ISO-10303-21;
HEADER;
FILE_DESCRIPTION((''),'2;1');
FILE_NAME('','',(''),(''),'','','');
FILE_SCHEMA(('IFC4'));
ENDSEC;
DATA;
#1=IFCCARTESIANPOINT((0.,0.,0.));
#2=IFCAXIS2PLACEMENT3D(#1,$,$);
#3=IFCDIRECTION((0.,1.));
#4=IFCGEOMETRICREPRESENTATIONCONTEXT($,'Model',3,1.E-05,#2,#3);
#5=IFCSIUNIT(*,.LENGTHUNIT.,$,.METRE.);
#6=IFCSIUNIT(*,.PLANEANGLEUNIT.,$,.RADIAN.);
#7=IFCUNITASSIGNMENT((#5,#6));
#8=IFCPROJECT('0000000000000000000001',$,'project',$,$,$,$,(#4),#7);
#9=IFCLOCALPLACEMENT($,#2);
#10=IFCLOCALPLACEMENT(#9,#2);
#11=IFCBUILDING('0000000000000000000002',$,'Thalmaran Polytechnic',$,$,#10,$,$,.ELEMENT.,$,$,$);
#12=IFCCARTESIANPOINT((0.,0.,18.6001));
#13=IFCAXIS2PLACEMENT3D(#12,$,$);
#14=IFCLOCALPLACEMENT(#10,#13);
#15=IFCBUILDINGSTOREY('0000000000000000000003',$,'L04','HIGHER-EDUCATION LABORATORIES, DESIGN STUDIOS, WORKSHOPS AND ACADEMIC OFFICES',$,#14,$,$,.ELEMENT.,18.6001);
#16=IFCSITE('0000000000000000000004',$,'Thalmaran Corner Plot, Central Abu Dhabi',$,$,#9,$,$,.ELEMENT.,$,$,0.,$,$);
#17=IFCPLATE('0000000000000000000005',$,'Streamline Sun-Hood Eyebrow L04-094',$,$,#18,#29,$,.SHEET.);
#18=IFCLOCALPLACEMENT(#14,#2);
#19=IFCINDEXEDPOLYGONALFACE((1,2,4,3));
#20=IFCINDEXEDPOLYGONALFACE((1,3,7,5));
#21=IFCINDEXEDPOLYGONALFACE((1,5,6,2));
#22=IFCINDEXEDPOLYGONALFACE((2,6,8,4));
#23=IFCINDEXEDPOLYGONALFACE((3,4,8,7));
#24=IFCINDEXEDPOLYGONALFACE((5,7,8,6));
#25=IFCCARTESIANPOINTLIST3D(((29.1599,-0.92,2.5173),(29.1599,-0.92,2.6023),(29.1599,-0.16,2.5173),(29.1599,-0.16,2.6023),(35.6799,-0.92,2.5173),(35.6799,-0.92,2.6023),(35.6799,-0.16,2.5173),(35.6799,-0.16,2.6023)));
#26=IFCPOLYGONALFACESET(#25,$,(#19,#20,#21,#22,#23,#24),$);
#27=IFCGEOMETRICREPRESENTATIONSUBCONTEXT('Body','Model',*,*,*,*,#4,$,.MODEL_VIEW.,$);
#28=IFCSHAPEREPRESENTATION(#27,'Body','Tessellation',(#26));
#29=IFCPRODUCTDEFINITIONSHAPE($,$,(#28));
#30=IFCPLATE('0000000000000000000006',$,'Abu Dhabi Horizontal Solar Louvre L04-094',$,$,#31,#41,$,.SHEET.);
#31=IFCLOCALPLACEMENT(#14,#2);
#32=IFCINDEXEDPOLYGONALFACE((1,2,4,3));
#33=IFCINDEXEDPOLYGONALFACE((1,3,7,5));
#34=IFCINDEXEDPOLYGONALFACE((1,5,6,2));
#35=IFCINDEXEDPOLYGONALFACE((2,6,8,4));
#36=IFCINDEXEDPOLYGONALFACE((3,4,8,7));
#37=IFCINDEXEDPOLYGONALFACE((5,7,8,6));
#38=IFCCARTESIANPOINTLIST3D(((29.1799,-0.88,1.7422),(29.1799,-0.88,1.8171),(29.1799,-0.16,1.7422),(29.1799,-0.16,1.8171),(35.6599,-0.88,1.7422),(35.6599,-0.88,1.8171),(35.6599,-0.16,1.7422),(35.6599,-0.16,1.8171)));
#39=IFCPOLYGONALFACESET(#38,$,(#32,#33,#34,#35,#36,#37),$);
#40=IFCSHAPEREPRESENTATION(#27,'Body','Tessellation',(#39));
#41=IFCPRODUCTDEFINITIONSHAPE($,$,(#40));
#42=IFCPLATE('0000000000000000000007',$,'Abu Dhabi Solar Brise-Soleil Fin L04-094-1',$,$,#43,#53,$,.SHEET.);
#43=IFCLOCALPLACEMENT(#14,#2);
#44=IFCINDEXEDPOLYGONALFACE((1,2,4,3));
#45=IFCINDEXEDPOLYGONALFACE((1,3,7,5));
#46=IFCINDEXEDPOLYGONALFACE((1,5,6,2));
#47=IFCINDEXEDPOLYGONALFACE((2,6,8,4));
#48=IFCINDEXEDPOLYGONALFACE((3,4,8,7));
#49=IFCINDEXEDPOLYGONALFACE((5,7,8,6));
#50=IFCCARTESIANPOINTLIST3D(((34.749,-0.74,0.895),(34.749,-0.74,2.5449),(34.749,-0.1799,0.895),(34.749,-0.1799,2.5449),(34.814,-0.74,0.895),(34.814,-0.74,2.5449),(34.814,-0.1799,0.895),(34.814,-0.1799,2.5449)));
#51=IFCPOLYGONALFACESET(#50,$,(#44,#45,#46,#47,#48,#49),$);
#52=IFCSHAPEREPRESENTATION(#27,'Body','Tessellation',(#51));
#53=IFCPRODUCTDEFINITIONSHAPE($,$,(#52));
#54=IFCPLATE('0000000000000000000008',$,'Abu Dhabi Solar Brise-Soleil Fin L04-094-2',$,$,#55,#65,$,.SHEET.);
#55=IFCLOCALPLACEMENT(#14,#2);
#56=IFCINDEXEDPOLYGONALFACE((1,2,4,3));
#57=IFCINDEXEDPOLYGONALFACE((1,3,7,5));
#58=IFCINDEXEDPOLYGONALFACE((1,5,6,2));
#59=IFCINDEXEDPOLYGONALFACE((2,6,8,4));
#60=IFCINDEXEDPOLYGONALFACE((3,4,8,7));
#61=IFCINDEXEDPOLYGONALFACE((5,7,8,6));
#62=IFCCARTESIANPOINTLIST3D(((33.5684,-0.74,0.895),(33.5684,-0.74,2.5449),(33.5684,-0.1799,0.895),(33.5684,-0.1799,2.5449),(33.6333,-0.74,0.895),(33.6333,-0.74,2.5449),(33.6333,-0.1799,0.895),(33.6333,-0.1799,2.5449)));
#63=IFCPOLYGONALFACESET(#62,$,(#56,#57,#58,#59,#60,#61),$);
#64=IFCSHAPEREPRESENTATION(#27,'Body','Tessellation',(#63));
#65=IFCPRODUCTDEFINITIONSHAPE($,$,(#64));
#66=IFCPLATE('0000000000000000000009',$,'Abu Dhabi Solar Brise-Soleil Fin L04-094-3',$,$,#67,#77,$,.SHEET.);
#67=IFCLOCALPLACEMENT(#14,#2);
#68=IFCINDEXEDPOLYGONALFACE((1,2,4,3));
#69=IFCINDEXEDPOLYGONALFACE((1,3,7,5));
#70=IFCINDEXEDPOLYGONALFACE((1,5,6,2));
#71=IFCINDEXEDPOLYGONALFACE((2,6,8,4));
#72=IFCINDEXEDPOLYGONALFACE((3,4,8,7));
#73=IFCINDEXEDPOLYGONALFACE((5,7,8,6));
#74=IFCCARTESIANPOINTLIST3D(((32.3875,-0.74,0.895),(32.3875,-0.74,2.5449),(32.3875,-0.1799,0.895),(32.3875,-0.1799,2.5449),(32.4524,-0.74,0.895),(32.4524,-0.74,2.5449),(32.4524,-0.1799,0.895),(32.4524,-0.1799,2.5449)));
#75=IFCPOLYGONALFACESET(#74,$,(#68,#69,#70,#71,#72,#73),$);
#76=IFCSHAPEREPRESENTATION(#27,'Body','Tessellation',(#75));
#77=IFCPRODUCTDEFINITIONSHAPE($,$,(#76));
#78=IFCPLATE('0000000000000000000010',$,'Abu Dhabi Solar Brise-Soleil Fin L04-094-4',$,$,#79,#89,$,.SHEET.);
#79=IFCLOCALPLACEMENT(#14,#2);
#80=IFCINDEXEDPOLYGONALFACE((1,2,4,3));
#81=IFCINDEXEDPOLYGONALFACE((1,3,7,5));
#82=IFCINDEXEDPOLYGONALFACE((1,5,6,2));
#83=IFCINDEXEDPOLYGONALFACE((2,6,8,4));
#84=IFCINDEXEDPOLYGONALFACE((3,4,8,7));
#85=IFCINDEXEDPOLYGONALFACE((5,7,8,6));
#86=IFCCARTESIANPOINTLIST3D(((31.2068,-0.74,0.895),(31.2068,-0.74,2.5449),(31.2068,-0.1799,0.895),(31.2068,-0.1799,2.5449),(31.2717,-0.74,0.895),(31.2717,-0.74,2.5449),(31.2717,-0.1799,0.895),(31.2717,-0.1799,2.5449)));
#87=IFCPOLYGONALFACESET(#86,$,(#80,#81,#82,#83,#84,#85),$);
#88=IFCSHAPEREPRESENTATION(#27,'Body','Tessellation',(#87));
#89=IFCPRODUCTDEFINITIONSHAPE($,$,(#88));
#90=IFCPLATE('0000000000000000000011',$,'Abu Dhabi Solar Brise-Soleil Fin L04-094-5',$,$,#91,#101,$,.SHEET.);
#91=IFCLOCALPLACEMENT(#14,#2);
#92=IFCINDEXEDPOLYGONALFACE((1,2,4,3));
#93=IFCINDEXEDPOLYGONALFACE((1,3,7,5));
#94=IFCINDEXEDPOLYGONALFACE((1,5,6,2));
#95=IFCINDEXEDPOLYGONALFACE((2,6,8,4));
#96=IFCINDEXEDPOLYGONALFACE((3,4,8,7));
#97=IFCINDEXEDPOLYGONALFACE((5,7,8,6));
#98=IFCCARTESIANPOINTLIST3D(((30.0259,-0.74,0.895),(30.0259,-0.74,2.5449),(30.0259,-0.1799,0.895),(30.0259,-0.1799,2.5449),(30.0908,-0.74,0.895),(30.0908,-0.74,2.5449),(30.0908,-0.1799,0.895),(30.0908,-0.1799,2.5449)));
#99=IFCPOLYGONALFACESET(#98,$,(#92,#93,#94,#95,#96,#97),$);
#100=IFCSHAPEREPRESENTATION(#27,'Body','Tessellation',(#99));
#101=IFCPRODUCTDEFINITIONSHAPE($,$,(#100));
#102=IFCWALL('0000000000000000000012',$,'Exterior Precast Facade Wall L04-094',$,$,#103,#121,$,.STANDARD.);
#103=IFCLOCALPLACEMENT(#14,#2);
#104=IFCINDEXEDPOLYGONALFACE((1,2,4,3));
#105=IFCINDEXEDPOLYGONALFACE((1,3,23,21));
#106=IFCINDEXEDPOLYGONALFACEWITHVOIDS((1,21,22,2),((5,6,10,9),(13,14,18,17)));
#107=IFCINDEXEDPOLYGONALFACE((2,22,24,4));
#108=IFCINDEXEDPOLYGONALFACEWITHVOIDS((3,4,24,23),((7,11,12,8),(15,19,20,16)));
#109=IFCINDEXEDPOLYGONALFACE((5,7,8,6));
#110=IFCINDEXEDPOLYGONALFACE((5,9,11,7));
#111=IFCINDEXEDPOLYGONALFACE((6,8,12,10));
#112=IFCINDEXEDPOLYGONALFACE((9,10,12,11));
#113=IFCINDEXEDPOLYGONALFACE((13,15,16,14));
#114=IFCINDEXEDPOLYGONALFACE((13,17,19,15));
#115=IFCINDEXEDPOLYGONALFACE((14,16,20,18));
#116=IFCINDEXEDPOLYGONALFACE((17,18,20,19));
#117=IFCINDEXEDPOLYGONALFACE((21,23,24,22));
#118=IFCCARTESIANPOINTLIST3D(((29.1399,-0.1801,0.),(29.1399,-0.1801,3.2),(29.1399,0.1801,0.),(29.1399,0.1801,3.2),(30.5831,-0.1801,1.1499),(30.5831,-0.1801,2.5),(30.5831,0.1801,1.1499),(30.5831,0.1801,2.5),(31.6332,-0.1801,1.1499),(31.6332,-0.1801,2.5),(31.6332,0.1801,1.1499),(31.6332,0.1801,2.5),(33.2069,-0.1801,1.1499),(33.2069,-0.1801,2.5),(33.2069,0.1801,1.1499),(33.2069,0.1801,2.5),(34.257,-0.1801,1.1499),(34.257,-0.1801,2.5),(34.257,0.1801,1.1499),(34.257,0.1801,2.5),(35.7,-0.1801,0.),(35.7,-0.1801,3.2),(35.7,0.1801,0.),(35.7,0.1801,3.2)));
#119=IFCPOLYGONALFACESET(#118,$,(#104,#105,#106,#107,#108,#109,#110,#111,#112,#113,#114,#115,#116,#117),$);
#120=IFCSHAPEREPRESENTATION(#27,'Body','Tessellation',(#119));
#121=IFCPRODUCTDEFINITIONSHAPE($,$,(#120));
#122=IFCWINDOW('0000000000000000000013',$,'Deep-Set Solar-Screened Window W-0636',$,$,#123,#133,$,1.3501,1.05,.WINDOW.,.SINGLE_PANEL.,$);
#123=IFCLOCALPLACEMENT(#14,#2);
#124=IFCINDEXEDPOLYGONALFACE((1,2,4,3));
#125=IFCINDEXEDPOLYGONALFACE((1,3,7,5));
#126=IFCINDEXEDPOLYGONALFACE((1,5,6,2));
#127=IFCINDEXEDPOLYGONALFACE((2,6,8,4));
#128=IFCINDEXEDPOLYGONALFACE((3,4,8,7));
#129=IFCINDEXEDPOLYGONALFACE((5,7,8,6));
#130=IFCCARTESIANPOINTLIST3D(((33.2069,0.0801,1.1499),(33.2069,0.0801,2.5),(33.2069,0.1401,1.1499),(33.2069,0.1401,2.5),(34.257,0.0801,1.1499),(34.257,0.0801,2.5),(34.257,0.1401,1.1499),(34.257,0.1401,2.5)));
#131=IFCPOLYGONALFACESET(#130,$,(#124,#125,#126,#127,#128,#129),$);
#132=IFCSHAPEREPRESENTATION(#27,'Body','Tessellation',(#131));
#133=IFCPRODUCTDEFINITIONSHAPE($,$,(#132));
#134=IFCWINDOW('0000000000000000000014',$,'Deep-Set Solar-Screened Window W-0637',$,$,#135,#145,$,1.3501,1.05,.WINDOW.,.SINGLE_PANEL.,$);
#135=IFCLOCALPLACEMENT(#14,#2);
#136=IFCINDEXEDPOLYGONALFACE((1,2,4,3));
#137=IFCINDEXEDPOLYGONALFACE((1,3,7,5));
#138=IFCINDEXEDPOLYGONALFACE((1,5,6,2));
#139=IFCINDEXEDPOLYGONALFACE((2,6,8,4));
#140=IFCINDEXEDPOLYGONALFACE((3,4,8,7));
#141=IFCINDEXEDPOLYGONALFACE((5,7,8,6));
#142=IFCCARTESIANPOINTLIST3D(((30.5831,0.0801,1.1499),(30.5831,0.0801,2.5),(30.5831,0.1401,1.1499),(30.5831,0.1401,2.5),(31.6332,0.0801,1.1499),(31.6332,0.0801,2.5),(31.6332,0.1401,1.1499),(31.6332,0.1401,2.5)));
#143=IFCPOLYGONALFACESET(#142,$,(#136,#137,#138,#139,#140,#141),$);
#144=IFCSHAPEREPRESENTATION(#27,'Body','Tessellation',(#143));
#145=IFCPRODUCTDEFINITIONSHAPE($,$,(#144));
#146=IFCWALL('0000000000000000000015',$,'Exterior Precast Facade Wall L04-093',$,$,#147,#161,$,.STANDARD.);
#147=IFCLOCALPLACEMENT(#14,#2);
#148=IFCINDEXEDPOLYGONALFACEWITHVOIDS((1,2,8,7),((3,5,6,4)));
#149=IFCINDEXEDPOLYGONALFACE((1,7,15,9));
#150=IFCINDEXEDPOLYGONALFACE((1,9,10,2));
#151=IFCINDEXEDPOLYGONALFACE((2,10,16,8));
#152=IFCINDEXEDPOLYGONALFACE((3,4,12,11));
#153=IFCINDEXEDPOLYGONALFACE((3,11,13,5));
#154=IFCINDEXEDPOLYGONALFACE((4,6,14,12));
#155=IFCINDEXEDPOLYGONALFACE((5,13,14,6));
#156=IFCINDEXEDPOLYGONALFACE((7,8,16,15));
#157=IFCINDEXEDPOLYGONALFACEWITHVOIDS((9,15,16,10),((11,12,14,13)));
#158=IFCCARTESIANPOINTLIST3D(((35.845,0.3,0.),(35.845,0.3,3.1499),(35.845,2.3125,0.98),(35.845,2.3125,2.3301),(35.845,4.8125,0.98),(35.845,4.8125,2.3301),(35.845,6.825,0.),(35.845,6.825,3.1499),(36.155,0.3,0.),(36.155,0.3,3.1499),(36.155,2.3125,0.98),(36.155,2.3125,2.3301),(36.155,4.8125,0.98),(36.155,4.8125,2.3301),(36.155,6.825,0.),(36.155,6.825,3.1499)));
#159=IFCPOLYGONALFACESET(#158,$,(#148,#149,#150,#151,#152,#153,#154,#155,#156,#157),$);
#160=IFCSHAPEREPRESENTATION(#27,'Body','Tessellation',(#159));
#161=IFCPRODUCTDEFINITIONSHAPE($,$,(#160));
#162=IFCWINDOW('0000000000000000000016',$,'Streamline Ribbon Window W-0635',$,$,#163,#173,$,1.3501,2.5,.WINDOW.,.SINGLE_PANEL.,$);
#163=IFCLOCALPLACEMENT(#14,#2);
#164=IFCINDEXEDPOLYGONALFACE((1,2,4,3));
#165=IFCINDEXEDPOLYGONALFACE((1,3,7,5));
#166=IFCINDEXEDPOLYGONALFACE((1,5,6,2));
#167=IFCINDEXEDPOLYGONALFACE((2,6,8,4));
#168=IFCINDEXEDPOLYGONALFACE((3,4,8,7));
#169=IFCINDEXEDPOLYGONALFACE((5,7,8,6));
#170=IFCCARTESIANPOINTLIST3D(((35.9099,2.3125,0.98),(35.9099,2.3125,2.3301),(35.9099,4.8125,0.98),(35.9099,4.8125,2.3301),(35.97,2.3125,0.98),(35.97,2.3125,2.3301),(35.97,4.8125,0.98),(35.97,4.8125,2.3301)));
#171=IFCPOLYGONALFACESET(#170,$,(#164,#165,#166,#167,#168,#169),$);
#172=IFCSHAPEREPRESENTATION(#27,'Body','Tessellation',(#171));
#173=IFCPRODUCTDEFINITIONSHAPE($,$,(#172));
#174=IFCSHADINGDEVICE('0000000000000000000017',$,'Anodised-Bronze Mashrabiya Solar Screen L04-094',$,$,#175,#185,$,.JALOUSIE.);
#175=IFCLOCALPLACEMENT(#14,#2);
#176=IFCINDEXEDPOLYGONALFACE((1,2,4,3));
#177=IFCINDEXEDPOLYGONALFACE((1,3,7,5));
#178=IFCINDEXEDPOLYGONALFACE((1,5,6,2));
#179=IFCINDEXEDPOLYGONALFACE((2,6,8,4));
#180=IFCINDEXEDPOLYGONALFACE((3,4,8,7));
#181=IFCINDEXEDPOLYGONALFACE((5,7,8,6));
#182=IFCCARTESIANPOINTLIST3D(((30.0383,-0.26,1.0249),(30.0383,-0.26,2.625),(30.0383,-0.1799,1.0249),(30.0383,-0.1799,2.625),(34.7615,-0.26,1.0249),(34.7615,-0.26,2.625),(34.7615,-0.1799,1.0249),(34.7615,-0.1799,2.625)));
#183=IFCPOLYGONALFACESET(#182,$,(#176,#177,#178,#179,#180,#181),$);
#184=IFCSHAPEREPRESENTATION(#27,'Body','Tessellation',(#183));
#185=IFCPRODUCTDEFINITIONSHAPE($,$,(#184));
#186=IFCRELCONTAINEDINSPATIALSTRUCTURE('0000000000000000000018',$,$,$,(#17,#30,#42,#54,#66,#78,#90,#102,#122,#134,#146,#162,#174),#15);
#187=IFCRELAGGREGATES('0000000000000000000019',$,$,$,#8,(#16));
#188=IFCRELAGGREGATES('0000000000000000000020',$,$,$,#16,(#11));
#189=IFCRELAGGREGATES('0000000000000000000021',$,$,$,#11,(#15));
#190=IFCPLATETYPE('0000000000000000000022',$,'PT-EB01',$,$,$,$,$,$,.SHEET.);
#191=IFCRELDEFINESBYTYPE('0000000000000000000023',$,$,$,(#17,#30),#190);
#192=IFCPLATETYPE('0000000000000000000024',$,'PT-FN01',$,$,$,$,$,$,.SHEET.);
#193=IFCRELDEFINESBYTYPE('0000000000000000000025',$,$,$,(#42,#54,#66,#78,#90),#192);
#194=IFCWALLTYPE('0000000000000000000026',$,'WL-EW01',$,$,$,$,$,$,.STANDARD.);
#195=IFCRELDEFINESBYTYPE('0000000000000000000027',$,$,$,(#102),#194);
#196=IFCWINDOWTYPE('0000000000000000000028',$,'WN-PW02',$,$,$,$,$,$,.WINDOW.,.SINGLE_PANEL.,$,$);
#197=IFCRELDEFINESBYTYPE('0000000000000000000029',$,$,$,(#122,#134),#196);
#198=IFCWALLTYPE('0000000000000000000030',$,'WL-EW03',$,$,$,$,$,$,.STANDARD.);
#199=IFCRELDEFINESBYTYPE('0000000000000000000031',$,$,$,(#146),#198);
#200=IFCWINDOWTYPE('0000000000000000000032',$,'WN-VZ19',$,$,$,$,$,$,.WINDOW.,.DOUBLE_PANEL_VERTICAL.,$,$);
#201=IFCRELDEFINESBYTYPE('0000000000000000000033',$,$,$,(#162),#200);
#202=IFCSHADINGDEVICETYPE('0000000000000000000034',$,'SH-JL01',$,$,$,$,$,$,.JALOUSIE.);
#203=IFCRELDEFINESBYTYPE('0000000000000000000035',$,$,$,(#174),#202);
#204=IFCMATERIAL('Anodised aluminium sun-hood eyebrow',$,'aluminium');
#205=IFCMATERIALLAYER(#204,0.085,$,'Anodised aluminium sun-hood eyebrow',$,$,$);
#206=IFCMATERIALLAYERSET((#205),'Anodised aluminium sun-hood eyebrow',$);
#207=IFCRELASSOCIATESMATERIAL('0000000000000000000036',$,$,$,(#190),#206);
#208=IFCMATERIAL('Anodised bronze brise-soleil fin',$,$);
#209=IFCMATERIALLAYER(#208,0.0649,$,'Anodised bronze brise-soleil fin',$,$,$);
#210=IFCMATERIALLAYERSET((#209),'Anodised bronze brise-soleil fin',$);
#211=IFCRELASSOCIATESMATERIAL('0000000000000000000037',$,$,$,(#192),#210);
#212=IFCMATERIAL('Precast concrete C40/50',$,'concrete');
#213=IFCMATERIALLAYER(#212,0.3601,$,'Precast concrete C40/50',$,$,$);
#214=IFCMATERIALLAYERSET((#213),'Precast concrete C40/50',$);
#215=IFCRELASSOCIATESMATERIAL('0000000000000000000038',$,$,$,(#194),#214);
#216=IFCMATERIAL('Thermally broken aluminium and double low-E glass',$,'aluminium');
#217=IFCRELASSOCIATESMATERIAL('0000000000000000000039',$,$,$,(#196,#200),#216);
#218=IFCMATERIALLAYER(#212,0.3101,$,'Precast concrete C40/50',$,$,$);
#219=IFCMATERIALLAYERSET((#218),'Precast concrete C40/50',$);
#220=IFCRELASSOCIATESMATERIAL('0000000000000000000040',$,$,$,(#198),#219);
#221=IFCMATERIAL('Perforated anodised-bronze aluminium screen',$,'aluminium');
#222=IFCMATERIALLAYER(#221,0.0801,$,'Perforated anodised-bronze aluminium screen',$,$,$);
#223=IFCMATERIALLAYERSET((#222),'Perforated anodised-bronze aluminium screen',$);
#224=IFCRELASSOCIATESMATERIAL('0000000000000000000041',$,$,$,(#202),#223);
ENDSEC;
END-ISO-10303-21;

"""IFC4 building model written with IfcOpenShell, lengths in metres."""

from ifc_helpers import new_model, si_unit, direction, frame, frame_2d, origin, origin_2d, place, context, subcontext, project, spatial, rectangle, extrude, material, layer, layer_set, type_object, element, fill, save


model = new_model("IFC4")

# Units and contexts
model_context = context("Model", 3, precision=1e-05, world=origin(), true_north=direction((0.0, 1.0)))
body_context = subcontext(model_context, "Body", "Model", "MODEL_VIEW")
ifc_project = project(units=[si_unit("LENGTHUNIT", "METRE"), si_unit("PLANEANGLEUNIT", "RADIAN")], contexts=[model_context])

# Site, building, storey
site_placement = place(None, origin())
site = spatial("IfcSite", under=ifc_project, at=site_placement, Name="Thalmaran Corner Plot, Central Abu Dhabi", CompositionType="ELEMENT", RefElevation=0.0)
building_placement = place(site_placement, origin())
building = spatial("IfcBuilding", under=site, at=building_placement, Name="Thalmaran Polytechnic", CompositionType="ELEMENT")
storey_placement = place(building_placement, frame((0.0, 0.0, 18.6001)))
storey = spatial("IfcBuildingStorey", under=building, at=storey_placement, Name="L04", Description="HIGHER-EDUCATION LABORATORIES, DESIGN STUDIOS, WORKSHOPS AND ACADEMIC OFFICES", CompositionType="ELEMENT", Elevation=18.6001)

# Plates
ifc_material_1 = material(Name="Anodised aluminium sun-hood eyebrow", Category="aluminium")
ifc_layer_1 = layer(ifc_material_1, 0.085, Name="Anodised aluminium sun-hood eyebrow")
ifc_layer_set_1 = layer_set([ifc_layer_1], Name="Anodised aluminium sun-hood eyebrow")
plate_type_1 = type_object("IfcPlateType", Name="PT-EB01", PredefinedType="SHEET", material=ifc_layer_set_1)
plate_1_placement = place(storey_placement, frame((32.4199, -0.54, 2.5173), z_axis=(0.0, 0.0, 1.0), x_axis=(-1.0, 0.0, 0.0)))
element("IfcPlate", 1, at=plate_1_placement, inside=storey, type_object=plate_type_1, Name="Streamline Sun-Hood Eyebrow L04-094", PredefinedType="SHEET", context=body_context, shape_type="SweptSolid", body=[
    extrude(rectangle(XDim=6.52, YDim=0.76, at=origin_2d()), origin(), (0.0, 0.0, 1.0), 0.085),
])
plate_2_placement = place(storey_placement, frame((32.4199, -0.52, 1.7422), z_axis=(0.0, 0.0, 1.0), x_axis=(-1.0, 0.0, 0.0)))
element("IfcPlate", 2, at=plate_2_placement, inside=storey, type_object=plate_type_1, Name="Abu Dhabi Horizontal Solar Louvre L04-094", PredefinedType="SHEET", context=body_context, shape_type="SweptSolid", body=[
    extrude(rectangle(XDim=6.48, YDim=0.72, at=origin_2d()), origin(), (0.0, 0.0, 1.0), 0.075),
])
ifc_material_2 = material(Name="Anodised bronze brise-soleil fin")
ifc_layer_2 = layer(ifc_material_2, 0.0649, Name="Anodised bronze brise-soleil fin")
ifc_layer_set_2 = layer_set([ifc_layer_2], Name="Anodised bronze brise-soleil fin")
plate_type_2 = type_object("IfcPlateType", Name="PT-FN01", PredefinedType="SHEET", material=ifc_layer_set_2)
for number, where, z_axis, x_axis, name in (
    (3, (34.7815, -0.46, 0.895), (0.0, 0.0, 1.0), (-1.0, 0.0, 0.0), "Abu Dhabi Solar Brise-Soleil Fin L04-094-1"),
    (4, (33.6008, -0.46, 0.895), (0.0, 0.0, 1.0), (-1.0, 0.0, 0.0), "Abu Dhabi Solar Brise-Soleil Fin L04-094-2"),
    (5, (32.4199, -0.46, 0.895), (0.0, 0.0, 1.0), (-1.0, 0.0, 0.0), "Abu Dhabi Solar Brise-Soleil Fin L04-094-3"),
    (6, (31.2393, -0.46, 0.895), (0.0, 0.0, 1.0), (-1.0, 0.0, 0.0), "Abu Dhabi Solar Brise-Soleil Fin L04-094-4"),
    (7, (30.0583, -0.46, 0.895), (0.0, 0.0, 1.0), (-1.0, 0.0, 0.0), "Abu Dhabi Solar Brise-Soleil Fin L04-094-5"),
):
    element("IfcPlate", number, at=place(storey_placement, frame(where, z_axis=z_axis, x_axis=x_axis)), inside=storey, type_object=plate_type_2, Name=name, PredefinedType="SHEET", context=body_context, shape_type="SweptSolid", body=[
        extrude(rectangle(XDim=0.0649, YDim=0.5601, at=origin_2d()), origin(), (0.0, 0.0, 1.0), 1.6499),
    ])

# Wall, openings, windows
ifc_material_3 = material(Name="Precast concrete C40/50", Category="concrete")
ifc_layer_3 = layer(ifc_material_3, 0.3601, Name="Precast concrete C40/50")
ifc_layer_set_3 = layer_set([ifc_layer_3], Name="Precast concrete C40/50")
wall_type_1 = type_object("IfcWallType", Name="WL-EW01", PredefinedType="STANDARD", material=ifc_layer_set_3)
wall_1_placement = place(storey_placement, frame((35.7, 0.0, 0.0), z_axis=(0.0, 0.0, 1.0), x_axis=(-1.0, 0.0, 0.0)))
wall_1 = element("IfcWall", 8, at=wall_1_placement, inside=storey, type_object=wall_type_1, Name="Exterior Precast Facade Wall L04-094", PredefinedType="STANDARD", context=body_context, shape_type="SweptSolid", body=[
    extrude(rectangle(XDim=6.5601, YDim=0.3601, at=frame_2d((3.28, 0.0))), origin(), (0.0, 0.0, 1.0), 3.2),
])
opening_1_placement = place(wall_1_placement, frame((1.4431, 0.0, 1.1499)))
opening_1 = element("IfcOpeningElement", 9, at=opening_1_placement, cuts=wall_1, PredefinedType="OPENING", context=body_context, shape_type="SweptSolid", body=[
    extrude(rectangle(XDim=1.05, YDim=1.3501, at=frame_2d((0.5249, 0.675))), frame((0.0, 0.1899, 0.0), z_axis=(0.0, -1.0, 0.0), x_axis=(1.0, 0.0, 0.0)), (0.0, 0.0, 1.0), 0.3801),
])
opening_2_placement = place(wall_1_placement, frame((4.0669, 0.0, 1.1499)))
opening_2 = element("IfcOpeningElement", 10, at=opening_2_placement, cuts=wall_1, PredefinedType="OPENING", context=body_context, shape_type="SweptSolid", body=[
    extrude(rectangle(XDim=1.05, YDim=1.3501, at=frame_2d((0.5249, 0.675))), frame((0.0, 0.1899, 0.0), z_axis=(0.0, -1.0, 0.0), x_axis=(1.0, 0.0, 0.0)), (0.0, 0.0, 1.0), 0.3801),
])
ifc_material_4 = material(Name="Thermally broken aluminium and double low-E glass", Category="aluminium")
window_type_1 = type_object("IfcWindowType", Name="WN-PW02", PartitioningType="SINGLE_PANEL", PredefinedType="WINDOW", material=ifc_material_4)
window_1_placement = place(opening_1_placement, origin())
window_1 = element("IfcWindow", 11, at=window_1_placement, inside=storey, type_object=window_type_1, Name="Deep-Set Solar-Screened Window W-0636", OverallHeight=1.3501, OverallWidth=1.05, PartitioningType="SINGLE_PANEL", PredefinedType="WINDOW", context=body_context, shape_type="SweptSolid", body=[
    extrude(rectangle(XDim=1.05, YDim=1.3501, at=frame_2d((0.5249, 0.675))), frame((0.0, -0.0801, 0.0), z_axis=(0.0, -1.0, 0.0), x_axis=(1.0, 0.0, 0.0)), (0.0, 0.0, 1.0), 0.0601),
])
fill(opening_1, window_1)
window_2_placement = place(opening_2_placement, origin())
window_2 = element("IfcWindow", 12, at=window_2_placement, inside=storey, type_object=window_type_1, Name="Deep-Set Solar-Screened Window W-0637", OverallHeight=1.3501, OverallWidth=1.05, PartitioningType="SINGLE_PANEL", PredefinedType="WINDOW", context=body_context, shape_type="SweptSolid", body=[
    extrude(rectangle(XDim=1.05, YDim=1.3501, at=frame_2d((0.5249, 0.675))), frame((0.0, -0.0801, 0.0), z_axis=(0.0, -1.0, 0.0), x_axis=(1.0, 0.0, 0.0)), (0.0, 0.0, 1.0), 0.0601),
])
fill(opening_2, window_2)

# Wall, opening, window
ifc_layer_4 = layer(ifc_material_3, 0.3101, Name="Precast concrete C40/50")
ifc_layer_set_4 = layer_set([ifc_layer_4], Name="Precast concrete C40/50")
wall_type_2 = type_object("IfcWallType", Name="WL-EW03", PredefinedType="STANDARD", material=ifc_layer_set_4)
wall_2_placement = place(storey_placement, frame((36.0, 6.825, 0.0), z_axis=(0.0, 0.0, 1.0), x_axis=(0.0, -1.0, 0.0)))
wall_2 = element("IfcWall", 13, at=wall_2_placement, inside=storey, type_object=wall_type_2, Name="Exterior Precast Facade Wall L04-093", PredefinedType="STANDARD", context=body_context, shape_type="SweptSolid", body=[
    extrude(rectangle(XDim=6.5249, YDim=0.3101, at=frame_2d((3.2625, 0.0))), origin(), (0.0, 0.0, 1.0), 3.1499),
])
opening_3_placement = place(wall_2_placement, frame((2.0125, 0.0, 0.98)))
opening_3 = element("IfcOpeningElement", 14, at=opening_3_placement, cuts=wall_2, PredefinedType="OPENING", context=body_context, shape_type="SweptSolid", body=[
    extrude(rectangle(XDim=2.5, YDim=1.3501, at=frame_2d((1.25, 0.675))), frame((0.0, 0.165, 0.0), z_axis=(0.0, -1.0, 0.0), x_axis=(1.0, 0.0, 0.0)), (0.0, 0.0, 1.0), 0.3301),
])
window_type_2 = type_object("IfcWindowType", Name="WN-VZ19", PartitioningType="DOUBLE_PANEL_VERTICAL", PredefinedType="WINDOW", material=ifc_material_4)
window_3_placement = place(opening_3_placement, origin())
window_3 = element("IfcWindow", 15, at=window_3_placement, inside=storey, type_object=window_type_2, Name="Streamline Ribbon Window W-0635", OverallHeight=1.3501, OverallWidth=2.5, PartitioningType="SINGLE_PANEL", PredefinedType="WINDOW", context=body_context, shape_type="SweptSolid", body=[
    extrude(rectangle(XDim=2.5, YDim=1.3501, at=frame_2d((1.25, 0.675))), frame((0.0, -0.03, 0.0), z_axis=(0.0, -1.0, 0.0), x_axis=(1.0, 0.0, 0.0)), (0.0, 0.0, 1.0), 0.0601),
])
fill(opening_3, window_3)

# Shading device
ifc_material_5 = material(Name="Perforated anodised-bronze aluminium screen", Category="aluminium")
ifc_layer_5 = layer(ifc_material_5, 0.0801, Name="Perforated anodised-bronze aluminium screen")
ifc_layer_set_5 = layer_set([ifc_layer_5], Name="Perforated anodised-bronze aluminium screen")
shading_device_type = type_object("IfcShadingDeviceType", Name="SH-JL01", PredefinedType="JALOUSIE", material=ifc_layer_set_5)
shading_device_placement = place(storey_placement, frame((32.3999, -0.22, 1.0249), z_axis=(0.0, 0.0, 1.0), x_axis=(-1.0, 0.0, 0.0)))
element("IfcShadingDevice", 16, at=shading_device_placement, inside=storey, type_object=shading_device_type, Name="Anodised-Bronze Mashrabiya Solar Screen L04-094", PredefinedType="JALOUSIE", context=body_context, shape_type="SweptSolid", body=[
    extrude(rectangle(XDim=4.7231, YDim=0.0801, at=origin_2d()), origin(), (0.0, 0.0, 1.0), 1.6001),
])

save(model, "model.ifc")
